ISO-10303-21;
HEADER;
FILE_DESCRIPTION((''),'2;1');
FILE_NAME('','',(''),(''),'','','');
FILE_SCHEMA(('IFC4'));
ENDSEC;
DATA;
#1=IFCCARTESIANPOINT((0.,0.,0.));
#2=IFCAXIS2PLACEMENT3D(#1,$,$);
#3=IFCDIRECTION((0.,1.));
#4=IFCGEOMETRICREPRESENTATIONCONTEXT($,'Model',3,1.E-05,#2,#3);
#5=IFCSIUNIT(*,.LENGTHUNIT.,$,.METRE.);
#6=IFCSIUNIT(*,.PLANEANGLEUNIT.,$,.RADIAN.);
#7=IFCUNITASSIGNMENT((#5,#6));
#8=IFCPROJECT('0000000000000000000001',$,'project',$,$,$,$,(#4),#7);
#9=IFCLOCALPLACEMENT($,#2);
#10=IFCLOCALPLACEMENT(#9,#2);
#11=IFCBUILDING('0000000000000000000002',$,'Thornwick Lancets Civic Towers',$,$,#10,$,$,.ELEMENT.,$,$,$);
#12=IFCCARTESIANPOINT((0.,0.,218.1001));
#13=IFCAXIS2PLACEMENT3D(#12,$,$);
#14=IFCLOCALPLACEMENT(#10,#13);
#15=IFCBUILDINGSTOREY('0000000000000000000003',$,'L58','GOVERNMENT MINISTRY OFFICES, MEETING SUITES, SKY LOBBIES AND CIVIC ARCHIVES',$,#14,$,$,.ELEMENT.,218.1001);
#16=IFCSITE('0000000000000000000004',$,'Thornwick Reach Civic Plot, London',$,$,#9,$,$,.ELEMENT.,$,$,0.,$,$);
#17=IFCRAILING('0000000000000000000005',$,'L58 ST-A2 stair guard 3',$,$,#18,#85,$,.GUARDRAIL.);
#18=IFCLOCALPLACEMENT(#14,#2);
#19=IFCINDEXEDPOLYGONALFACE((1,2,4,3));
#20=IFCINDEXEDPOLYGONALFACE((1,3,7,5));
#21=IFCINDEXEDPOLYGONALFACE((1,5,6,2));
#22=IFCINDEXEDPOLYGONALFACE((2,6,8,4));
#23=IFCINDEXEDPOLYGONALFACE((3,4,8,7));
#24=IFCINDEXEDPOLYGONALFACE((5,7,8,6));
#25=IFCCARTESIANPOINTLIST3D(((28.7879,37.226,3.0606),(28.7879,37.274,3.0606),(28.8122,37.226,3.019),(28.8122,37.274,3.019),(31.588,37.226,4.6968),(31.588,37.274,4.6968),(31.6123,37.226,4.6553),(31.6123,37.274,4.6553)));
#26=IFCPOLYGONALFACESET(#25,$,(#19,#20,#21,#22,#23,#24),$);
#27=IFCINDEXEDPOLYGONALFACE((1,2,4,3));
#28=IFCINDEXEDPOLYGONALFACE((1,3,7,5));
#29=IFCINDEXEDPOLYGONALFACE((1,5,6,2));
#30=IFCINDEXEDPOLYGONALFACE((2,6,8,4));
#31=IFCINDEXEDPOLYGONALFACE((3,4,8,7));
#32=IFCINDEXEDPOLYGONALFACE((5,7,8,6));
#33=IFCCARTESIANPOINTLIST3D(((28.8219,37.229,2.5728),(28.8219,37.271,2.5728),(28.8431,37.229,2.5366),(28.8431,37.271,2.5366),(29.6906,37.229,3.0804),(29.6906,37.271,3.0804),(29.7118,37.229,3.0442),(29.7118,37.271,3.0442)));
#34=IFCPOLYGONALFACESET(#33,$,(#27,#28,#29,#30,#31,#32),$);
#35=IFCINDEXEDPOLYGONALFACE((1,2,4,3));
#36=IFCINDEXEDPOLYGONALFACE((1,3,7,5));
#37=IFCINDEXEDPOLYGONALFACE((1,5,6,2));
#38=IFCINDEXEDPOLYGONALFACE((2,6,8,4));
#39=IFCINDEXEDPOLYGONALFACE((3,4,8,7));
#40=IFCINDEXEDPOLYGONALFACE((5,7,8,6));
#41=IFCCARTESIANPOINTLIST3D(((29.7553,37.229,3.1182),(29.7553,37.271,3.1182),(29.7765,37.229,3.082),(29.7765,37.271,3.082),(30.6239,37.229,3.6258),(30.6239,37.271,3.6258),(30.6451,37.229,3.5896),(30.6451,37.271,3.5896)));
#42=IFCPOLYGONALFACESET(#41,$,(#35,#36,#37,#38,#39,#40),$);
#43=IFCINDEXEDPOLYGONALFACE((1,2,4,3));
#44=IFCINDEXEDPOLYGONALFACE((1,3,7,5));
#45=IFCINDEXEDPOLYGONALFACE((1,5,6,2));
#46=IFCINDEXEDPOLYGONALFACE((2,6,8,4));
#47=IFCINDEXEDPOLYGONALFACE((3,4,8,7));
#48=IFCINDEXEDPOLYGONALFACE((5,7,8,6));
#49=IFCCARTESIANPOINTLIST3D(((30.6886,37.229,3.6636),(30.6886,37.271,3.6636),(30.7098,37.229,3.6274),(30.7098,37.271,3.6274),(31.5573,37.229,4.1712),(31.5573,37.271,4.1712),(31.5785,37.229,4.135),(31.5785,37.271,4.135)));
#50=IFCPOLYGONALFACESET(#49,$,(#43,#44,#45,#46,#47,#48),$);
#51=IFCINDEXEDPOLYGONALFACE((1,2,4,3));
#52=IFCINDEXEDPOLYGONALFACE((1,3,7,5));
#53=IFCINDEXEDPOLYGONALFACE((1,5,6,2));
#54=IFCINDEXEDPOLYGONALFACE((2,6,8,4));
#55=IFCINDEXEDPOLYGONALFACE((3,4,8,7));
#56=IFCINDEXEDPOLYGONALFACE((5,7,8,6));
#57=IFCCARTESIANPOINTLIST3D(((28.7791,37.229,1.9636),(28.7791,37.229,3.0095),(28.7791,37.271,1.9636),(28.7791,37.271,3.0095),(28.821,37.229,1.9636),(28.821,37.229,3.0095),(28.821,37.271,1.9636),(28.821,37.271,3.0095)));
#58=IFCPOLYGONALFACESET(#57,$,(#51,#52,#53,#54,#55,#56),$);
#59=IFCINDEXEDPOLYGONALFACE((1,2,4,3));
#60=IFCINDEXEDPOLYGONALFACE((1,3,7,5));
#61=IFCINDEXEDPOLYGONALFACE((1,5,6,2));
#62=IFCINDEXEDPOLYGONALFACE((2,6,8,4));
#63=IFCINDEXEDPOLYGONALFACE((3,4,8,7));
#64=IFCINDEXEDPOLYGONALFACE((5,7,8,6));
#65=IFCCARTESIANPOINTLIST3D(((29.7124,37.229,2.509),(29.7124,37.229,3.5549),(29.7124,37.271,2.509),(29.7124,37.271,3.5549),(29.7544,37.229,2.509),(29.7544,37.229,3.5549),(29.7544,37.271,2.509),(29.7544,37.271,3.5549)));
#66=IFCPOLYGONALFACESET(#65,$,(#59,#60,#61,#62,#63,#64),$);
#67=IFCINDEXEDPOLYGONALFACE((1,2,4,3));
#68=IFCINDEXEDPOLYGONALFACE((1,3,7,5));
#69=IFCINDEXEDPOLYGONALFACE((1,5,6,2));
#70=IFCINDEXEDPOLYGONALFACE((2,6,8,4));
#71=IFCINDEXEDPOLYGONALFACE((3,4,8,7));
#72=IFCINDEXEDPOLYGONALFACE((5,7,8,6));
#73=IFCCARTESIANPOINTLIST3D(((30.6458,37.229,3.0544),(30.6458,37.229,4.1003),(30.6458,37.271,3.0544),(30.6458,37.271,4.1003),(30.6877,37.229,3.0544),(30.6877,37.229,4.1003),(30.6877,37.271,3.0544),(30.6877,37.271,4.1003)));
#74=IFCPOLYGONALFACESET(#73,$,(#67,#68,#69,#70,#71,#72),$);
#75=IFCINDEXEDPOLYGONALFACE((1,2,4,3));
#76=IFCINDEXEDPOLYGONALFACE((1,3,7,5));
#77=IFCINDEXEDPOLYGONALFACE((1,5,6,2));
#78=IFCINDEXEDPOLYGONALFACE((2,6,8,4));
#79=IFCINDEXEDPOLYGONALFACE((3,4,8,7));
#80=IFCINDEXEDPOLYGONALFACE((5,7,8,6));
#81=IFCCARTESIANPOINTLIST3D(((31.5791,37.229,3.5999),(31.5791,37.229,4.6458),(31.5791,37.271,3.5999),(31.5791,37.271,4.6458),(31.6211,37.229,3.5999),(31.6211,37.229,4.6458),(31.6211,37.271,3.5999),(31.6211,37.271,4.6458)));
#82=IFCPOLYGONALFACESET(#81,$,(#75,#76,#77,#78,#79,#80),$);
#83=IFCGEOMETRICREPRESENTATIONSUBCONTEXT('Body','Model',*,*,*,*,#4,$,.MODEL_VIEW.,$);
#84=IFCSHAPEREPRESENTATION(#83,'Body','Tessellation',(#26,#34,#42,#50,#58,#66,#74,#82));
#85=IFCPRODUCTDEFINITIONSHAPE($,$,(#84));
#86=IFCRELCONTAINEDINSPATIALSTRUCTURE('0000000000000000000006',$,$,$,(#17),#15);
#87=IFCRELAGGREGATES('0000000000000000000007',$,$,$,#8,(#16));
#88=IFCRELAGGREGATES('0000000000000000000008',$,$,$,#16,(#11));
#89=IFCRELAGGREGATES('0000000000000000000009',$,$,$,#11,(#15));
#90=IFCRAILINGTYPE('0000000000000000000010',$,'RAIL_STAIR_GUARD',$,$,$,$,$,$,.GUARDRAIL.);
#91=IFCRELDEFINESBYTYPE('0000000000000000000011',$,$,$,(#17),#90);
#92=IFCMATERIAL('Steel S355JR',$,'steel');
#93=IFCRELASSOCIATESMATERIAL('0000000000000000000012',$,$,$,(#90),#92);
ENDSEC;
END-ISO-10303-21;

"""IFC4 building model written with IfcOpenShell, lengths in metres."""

from ifc_helpers import new_model, si_unit, direction, frame, origin, origin_2d, place, context, subcontext, project, spatial, rectangle, extrude, material, type_object, element, save


model = new_model("IFC4")

# Units and contexts
model_context = context("Model", 3, precision=1e-05, world=origin(), true_north=direction((0.0, 1.0)))
body_context = subcontext(model_context, "Body", "Model", "MODEL_VIEW")
ifc_project = project(units=[si_unit("LENGTHUNIT", "METRE"), si_unit("PLANEANGLEUNIT", "RADIAN")], contexts=[model_context])

# Site, building, storey
site_placement = place(None, origin())
site = spatial("IfcSite", under=ifc_project, at=site_placement, Name="Thornwick Reach Civic Plot, London", CompositionType="ELEMENT", RefElevation=0.0)
building_placement = place(site_placement, origin())
building = spatial("IfcBuilding", under=site, at=building_placement, Name="Thornwick Lancets Civic Towers", CompositionType="ELEMENT")
storey_placement = place(building_placement, frame((0.0, 0.0, 218.1001)))
storey = spatial("IfcBuildingStorey", under=building, at=storey_placement, Name="L58", Description="GOVERNMENT MINISTRY OFFICES, MEETING SUITES, SKY LOBBIES AND CIVIC ARCHIVES", CompositionType="ELEMENT", Elevation=218.1001)

# Shared definitions
ifc_material_1 = material(Name="Steel S355JR", Category="steel")

# Railing
railing_type_1 = type_object("IfcRailingType", Name="RAIL_STAIR_GUARD", PredefinedType="GUARDRAIL", material=ifc_material_1)
railing_1_placement = place(storey_placement, frame((28.8, 37.25, 1.9636)))
element("IfcRailing", 1, at=railing_1_placement, inside=storey, type_object=railing_type_1, Name="L58 ST-A2 stair guard 3", PredefinedType="GUARDRAIL", context=body_context, shape_type="SweptSolid", body=[
    extrude(rectangle(XDim=0.0481, YDim=0.0481, at=origin_2d()), frame((0.0, 0.0, 1.0762), z_axis=(0.863394, 0.0, 0.504531), x_axis=(0.0, 1.0, 0.0)), (0.0, 0.0, 1.0), 3.2432),
    extrude(rectangle(XDim=0.042, YDim=0.042, at=origin_2d()), frame((0.0325, 0.0, 0.5911), z_axis=(0.863394, 0.0, 0.504531), x_axis=(0.0, 1.0, 0.0)), (0.0, 0.0, 1.0), 1.0061),
    extrude(rectangle(XDim=0.042, YDim=0.042, at=origin_2d()), frame((0.9658, 0.0, 1.1365), z_axis=(0.863394, 0.0, 0.504531), x_axis=(0.0, 1.0, 0.0)), (0.0, 0.0, 1.0), 1.0061),
    extrude(rectangle(XDim=0.042, YDim=0.042, at=origin_2d()), frame((1.8992, 0.0, 1.6819), z_axis=(0.863394, 0.0, 0.504531), x_axis=(0.0, 1.0, 0.0)), (0.0, 0.0, 1.0), 1.0061),
    extrude(rectangle(XDim=0.042, YDim=0.042, at=origin_2d()), origin(), (0.0, 0.0, 1.0), 1.0459),
    extrude(rectangle(XDim=0.042, YDim=0.042, at=origin_2d()), frame((0.9333, 0.0, 0.5454)), (0.0, 0.0, 1.0), 1.0459),
    extrude(rectangle(XDim=0.042, YDim=0.042, at=origin_2d()), frame((1.8667, 0.0, 1.0908)), (0.0, 0.0, 1.0), 1.0459),
    extrude(rectangle(XDim=0.042, YDim=0.042, at=origin_2d()), frame((2.8, 0.0, 1.6362)), (0.0, 0.0, 1.0), 1.0459),
])

save(model, "model.ifc")
